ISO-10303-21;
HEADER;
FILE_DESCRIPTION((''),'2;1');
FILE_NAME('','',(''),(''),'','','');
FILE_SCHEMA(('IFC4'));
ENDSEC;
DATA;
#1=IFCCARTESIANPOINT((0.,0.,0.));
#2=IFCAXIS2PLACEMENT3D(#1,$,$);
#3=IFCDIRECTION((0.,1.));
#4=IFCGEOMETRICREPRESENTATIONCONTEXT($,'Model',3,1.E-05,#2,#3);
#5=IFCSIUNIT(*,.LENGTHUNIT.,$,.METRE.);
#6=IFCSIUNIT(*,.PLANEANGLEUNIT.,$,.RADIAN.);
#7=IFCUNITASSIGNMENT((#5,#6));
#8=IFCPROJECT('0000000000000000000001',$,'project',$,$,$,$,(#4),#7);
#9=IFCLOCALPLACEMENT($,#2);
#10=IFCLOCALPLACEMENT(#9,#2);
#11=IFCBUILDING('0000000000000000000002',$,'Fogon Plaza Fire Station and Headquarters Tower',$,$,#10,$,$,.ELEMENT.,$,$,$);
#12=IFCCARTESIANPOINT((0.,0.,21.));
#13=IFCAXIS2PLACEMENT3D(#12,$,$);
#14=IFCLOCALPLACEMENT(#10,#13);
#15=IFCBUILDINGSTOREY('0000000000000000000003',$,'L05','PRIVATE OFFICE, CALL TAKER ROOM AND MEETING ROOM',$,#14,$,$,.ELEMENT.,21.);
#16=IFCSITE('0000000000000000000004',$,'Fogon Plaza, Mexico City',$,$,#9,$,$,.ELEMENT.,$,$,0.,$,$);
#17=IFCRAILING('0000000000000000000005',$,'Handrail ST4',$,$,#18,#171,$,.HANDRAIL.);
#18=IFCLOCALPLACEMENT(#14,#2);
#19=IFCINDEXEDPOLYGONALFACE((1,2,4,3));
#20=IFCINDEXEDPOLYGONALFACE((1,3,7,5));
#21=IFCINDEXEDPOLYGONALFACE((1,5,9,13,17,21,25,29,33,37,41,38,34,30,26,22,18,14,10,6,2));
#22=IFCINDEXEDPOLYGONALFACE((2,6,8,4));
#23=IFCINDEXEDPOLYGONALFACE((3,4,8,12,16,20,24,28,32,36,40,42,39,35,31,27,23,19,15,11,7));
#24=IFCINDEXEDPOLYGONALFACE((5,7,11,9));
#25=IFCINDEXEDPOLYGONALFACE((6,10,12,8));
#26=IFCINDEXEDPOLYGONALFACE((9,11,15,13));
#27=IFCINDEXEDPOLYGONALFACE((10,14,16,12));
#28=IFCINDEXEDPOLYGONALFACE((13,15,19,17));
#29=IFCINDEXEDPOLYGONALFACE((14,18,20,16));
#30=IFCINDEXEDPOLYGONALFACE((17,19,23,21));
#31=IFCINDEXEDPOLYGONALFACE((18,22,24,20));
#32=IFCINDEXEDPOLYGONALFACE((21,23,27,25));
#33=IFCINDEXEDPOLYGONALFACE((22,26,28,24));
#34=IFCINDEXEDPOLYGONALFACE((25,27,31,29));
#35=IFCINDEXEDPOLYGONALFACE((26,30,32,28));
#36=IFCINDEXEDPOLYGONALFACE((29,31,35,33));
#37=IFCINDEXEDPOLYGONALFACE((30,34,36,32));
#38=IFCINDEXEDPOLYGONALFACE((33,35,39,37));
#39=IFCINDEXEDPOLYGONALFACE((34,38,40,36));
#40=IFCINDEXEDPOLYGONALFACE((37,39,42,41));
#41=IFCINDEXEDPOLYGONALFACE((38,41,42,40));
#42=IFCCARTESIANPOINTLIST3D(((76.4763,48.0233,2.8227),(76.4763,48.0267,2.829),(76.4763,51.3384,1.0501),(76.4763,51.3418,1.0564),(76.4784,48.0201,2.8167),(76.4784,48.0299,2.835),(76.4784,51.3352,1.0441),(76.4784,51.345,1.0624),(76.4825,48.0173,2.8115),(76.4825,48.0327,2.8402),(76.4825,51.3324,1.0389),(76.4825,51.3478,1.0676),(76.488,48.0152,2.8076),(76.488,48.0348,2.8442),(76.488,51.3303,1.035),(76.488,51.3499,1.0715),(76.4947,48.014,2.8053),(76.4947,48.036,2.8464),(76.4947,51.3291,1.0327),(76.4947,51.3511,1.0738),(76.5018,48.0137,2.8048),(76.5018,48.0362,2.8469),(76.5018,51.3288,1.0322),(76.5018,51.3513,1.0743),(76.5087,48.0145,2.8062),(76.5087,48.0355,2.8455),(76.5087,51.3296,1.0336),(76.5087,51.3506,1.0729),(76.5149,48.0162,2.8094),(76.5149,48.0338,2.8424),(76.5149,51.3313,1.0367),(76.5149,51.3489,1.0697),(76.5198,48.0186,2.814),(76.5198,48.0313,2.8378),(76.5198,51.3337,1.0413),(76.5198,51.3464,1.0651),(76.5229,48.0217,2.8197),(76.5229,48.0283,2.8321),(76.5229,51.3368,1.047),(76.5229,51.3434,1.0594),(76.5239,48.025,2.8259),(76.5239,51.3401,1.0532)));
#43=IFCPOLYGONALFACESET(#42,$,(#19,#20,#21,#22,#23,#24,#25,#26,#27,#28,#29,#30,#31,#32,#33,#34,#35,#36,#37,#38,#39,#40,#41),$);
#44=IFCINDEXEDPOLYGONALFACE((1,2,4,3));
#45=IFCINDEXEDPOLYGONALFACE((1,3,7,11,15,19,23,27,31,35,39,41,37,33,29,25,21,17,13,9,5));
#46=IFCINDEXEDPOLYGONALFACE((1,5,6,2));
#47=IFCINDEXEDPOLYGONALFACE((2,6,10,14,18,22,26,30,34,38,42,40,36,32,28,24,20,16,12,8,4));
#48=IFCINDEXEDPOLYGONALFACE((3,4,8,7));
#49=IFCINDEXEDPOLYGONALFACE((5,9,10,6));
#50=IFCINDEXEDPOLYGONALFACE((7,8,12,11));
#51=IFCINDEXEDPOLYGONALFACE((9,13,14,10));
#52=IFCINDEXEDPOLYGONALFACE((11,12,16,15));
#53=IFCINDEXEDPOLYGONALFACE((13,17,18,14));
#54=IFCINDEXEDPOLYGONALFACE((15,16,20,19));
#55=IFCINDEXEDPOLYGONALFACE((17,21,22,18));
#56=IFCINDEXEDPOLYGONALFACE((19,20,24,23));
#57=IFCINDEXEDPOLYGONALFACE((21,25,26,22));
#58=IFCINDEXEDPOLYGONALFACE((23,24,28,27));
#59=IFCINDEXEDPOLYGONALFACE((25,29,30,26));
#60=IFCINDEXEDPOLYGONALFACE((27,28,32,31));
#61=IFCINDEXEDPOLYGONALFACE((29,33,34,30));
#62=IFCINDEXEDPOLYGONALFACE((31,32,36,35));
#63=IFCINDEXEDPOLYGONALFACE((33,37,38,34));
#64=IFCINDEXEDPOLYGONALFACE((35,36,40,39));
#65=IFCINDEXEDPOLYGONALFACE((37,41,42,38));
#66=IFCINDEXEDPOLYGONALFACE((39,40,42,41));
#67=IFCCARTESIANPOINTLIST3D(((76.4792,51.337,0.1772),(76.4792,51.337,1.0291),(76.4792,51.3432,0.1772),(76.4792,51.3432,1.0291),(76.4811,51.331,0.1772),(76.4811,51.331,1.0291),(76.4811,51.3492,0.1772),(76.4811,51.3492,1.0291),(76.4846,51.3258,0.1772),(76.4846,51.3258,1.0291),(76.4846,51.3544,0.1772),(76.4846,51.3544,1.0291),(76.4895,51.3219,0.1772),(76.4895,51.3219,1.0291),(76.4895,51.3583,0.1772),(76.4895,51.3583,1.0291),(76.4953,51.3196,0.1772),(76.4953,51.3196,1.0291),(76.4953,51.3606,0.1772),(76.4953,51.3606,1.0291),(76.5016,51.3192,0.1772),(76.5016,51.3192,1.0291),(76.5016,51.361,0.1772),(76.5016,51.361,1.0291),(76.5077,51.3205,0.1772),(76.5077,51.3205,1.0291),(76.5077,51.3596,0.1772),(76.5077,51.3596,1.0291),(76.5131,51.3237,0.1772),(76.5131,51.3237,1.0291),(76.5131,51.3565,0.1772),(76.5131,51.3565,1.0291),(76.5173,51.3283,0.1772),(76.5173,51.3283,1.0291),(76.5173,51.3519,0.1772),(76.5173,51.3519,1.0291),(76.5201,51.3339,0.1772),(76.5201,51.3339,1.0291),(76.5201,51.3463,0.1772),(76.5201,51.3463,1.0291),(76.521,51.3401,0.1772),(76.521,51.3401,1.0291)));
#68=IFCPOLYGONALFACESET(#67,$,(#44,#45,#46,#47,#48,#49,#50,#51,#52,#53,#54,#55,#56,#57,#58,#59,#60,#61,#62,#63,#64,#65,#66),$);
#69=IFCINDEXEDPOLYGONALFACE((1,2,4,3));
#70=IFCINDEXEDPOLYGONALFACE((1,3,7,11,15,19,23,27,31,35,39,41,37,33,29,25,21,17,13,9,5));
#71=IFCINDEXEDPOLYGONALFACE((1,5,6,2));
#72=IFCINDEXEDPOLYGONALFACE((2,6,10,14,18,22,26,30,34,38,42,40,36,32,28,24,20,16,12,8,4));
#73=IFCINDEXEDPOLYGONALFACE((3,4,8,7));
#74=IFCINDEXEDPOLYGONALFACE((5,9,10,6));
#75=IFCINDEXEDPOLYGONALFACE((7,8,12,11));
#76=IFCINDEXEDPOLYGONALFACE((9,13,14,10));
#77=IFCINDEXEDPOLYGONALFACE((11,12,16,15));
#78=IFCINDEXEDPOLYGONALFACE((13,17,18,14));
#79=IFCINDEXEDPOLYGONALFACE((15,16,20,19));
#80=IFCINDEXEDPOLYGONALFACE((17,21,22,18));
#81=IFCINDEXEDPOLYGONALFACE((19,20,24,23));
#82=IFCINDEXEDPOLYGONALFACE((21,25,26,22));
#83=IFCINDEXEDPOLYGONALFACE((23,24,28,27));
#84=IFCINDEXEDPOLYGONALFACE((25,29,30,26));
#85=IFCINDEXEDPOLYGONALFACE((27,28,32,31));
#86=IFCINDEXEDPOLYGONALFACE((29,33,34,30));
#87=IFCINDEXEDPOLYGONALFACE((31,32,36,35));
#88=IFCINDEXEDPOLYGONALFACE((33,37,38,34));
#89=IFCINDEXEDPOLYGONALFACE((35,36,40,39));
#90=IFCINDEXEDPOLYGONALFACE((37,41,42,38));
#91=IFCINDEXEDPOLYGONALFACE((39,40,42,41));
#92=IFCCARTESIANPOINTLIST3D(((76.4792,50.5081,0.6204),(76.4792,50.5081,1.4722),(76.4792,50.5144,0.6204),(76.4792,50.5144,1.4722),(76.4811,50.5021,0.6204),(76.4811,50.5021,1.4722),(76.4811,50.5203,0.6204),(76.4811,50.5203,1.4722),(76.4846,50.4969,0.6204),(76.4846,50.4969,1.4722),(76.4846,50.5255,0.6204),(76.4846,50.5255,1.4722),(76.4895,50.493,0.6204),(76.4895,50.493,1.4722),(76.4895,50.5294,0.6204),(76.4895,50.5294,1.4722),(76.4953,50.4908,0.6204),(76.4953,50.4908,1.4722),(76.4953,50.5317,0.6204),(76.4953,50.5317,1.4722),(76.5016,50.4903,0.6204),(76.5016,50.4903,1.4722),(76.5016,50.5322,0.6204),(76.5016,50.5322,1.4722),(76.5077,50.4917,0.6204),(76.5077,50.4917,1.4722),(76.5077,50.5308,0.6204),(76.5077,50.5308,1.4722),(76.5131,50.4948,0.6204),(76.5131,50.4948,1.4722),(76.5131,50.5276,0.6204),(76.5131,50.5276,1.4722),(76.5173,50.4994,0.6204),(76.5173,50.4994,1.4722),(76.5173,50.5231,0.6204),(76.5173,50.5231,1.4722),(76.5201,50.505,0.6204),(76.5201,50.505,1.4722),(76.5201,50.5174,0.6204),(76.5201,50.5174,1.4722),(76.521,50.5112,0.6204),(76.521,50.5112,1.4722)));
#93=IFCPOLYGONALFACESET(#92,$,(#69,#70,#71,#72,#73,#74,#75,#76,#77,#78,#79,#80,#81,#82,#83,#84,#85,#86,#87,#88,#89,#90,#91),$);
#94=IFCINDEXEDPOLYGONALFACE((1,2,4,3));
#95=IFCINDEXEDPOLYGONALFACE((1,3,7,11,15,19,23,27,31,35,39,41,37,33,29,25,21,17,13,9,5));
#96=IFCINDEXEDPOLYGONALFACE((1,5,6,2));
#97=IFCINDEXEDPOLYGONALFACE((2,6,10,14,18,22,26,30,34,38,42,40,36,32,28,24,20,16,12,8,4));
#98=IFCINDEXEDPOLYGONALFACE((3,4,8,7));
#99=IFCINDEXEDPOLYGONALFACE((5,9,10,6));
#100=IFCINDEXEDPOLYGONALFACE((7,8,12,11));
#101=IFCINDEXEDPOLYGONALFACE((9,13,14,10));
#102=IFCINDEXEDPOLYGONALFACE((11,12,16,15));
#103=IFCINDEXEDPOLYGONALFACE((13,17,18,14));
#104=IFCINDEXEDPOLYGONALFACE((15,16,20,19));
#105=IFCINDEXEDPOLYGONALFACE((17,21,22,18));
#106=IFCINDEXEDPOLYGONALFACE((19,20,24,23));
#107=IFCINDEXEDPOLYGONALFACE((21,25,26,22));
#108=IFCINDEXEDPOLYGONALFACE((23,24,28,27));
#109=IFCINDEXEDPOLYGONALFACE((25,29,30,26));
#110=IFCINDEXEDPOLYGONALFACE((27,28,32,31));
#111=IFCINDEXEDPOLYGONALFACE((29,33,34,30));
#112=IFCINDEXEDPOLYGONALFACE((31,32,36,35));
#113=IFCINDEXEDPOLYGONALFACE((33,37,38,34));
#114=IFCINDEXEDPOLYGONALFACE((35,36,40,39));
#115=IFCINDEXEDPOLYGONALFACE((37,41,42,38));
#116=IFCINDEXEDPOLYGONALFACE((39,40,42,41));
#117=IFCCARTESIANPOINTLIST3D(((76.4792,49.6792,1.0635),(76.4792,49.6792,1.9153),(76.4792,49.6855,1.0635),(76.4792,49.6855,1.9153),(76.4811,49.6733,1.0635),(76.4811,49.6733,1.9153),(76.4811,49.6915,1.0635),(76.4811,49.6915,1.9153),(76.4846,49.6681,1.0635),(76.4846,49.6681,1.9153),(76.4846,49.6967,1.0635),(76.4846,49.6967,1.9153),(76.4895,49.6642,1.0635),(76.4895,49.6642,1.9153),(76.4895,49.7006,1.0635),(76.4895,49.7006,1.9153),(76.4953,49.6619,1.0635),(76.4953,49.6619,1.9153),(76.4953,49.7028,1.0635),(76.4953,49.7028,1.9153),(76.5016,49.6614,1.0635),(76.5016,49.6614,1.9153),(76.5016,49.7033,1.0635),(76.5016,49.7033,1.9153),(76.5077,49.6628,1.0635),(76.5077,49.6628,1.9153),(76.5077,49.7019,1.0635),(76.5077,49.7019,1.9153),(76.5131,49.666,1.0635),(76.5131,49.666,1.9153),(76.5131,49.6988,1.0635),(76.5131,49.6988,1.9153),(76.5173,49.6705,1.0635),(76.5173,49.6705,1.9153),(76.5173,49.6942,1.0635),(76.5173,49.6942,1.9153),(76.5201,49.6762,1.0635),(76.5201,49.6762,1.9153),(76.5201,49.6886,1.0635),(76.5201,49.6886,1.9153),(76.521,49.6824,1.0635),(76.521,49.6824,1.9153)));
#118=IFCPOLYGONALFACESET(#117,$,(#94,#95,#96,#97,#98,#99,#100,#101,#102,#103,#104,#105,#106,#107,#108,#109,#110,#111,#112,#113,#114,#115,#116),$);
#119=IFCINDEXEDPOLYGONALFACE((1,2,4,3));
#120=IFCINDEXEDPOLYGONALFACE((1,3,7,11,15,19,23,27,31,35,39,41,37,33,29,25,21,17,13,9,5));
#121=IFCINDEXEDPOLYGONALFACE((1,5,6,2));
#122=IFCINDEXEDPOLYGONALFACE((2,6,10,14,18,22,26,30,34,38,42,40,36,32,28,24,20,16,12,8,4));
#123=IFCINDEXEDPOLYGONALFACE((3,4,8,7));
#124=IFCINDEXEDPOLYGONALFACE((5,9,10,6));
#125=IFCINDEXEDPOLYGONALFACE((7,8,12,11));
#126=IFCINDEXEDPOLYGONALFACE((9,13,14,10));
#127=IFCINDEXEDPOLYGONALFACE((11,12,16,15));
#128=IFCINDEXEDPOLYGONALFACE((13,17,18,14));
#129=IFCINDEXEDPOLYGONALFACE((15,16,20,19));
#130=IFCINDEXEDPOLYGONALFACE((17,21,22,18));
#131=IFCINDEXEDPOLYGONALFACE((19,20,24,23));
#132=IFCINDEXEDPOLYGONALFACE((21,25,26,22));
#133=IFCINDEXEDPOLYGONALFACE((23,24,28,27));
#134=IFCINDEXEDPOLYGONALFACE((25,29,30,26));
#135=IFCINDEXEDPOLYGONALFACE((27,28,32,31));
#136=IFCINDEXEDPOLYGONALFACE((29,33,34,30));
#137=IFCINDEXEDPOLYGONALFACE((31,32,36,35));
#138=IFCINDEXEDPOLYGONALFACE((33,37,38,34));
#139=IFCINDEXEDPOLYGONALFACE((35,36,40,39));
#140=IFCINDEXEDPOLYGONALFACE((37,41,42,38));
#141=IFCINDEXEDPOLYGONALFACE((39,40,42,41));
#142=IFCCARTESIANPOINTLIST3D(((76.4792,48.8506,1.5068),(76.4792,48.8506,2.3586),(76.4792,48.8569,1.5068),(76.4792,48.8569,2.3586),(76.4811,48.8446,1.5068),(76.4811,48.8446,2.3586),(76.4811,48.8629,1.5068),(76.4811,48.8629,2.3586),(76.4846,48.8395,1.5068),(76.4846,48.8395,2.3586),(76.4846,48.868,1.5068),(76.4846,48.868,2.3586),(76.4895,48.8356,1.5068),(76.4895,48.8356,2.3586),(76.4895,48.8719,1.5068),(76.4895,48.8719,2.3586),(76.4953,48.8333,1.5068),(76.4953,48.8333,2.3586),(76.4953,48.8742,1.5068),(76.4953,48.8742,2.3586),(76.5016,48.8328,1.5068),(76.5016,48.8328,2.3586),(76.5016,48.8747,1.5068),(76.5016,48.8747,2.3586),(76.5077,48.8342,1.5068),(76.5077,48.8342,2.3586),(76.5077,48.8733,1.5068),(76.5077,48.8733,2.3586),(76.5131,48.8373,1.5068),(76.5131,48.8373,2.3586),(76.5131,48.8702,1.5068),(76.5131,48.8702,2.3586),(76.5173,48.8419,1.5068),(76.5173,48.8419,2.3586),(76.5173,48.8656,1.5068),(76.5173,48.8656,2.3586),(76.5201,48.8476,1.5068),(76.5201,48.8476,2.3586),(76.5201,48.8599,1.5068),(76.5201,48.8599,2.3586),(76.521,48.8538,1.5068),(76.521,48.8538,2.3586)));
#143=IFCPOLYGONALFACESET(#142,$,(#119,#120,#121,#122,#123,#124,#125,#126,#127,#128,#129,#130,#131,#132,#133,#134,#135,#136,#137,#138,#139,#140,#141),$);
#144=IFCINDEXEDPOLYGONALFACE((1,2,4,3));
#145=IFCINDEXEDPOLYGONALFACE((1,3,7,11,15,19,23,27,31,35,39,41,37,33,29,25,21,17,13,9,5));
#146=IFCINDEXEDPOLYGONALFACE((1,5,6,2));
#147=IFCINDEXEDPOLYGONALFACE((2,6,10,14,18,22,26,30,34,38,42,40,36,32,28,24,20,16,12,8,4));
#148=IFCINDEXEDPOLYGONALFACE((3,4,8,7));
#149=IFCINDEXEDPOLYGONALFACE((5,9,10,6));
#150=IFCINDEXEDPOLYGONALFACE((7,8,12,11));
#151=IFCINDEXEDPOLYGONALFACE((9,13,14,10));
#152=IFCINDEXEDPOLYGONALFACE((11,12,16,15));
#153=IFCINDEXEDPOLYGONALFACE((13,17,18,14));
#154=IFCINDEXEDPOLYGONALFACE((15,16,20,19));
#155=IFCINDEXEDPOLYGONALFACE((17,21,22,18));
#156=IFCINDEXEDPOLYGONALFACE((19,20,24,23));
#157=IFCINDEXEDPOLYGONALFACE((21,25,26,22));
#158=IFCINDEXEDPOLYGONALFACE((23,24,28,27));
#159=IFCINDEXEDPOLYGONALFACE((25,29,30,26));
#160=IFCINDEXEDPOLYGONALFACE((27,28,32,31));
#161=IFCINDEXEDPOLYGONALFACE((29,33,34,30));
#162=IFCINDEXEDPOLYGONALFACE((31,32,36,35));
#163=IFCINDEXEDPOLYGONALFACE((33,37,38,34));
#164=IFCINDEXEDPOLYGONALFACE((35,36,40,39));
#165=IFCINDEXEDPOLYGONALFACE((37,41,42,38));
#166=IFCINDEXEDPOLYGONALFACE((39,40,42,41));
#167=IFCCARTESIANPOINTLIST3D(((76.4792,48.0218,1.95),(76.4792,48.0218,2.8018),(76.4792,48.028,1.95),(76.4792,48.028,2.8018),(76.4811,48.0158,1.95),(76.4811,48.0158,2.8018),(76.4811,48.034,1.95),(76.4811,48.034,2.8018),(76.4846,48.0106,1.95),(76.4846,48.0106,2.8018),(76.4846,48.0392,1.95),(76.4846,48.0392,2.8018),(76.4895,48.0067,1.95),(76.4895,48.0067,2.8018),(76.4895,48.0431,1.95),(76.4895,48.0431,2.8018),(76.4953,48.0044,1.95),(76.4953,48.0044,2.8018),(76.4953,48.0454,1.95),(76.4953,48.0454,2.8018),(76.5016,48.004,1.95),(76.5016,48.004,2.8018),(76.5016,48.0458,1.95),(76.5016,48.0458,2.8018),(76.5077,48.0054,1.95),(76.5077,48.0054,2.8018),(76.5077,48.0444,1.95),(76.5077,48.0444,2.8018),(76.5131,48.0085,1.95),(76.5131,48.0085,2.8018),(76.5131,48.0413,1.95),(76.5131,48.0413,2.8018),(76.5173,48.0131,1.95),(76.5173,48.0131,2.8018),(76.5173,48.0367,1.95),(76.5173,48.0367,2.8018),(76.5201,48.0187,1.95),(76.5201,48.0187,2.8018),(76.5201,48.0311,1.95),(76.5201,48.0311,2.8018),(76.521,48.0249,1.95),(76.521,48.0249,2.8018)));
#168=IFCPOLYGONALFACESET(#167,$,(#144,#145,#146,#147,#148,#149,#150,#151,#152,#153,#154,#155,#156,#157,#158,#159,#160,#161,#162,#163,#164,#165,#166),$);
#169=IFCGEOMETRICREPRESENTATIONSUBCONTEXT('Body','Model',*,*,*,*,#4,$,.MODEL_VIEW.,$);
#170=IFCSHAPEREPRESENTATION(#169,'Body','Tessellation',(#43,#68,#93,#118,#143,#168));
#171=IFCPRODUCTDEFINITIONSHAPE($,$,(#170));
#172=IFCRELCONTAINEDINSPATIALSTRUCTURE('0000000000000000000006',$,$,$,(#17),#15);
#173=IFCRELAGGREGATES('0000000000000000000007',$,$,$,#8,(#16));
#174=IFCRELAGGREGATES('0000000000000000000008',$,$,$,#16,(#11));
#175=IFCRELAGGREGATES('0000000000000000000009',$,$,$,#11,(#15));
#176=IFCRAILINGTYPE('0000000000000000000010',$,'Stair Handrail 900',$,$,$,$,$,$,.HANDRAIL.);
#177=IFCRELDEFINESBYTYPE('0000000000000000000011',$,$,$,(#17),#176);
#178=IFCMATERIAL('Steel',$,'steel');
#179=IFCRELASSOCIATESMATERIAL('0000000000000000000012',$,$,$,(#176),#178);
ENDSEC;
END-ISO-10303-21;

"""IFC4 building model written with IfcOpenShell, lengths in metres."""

from ifc_helpers import new_model, si_unit, direction, frame, origin, origin_2d, place, context, subcontext, project, spatial, circle, extrude, material, type_object, element, save


model = new_model("IFC4")

# Units and contexts
model_context = context("Model", 3, precision=1e-05, world=origin(), true_north=direction((0.0, 1.0)))
body_context = subcontext(model_context, "Body", "Model", "MODEL_VIEW")
ifc_project = project(units=[si_unit("LENGTHUNIT", "METRE"), si_unit("PLANEANGLEUNIT", "RADIAN")], contexts=[model_context])

# Site, building, storey
site_placement = place(None, origin())
site = spatial("IfcSite", under=ifc_project, at=site_placement, Name="Fogon Plaza, Mexico City", CompositionType="ELEMENT", RefElevation=0.0)
building_placement = place(site_placement, origin())
building = spatial("IfcBuilding", under=site, at=building_placement, Name="Fogon Plaza Fire Station and Headquarters Tower", CompositionType="ELEMENT")
storey_placement = place(building_placement, frame((0.0, 0.0, 21.0)))
storey = spatial("IfcBuildingStorey", under=building, at=storey_placement, Name="L05", Description="PRIVATE OFFICE, CALL TAKER ROOM AND MEETING ROOM", CompositionType="ELEMENT", Elevation=21.0)

# Railing
ifc_material_1 = material(Name="Steel", Category="steel")
railing_type = type_object("IfcRailingType", Name="Stair Handrail 900", PredefinedType="HANDRAIL", material=ifc_material_1)
for number, where, name in (
    (1, (76.5, 51.3401, 0.1772), "Handrail ST4"),
):
    element("IfcRailing", number, at=place(storey_placement, frame(where)), inside=storey, type_object=railing_type, Name=name, PredefinedType="HANDRAIL", context=body_context, shape_type="SweptSolid", body=[
        extrude(circle(Radius=0.0239, at=origin_2d()), frame((0.0, 0.0, 0.876), z_axis=(0.0, -0.881844, 0.471542), x_axis=(1.0, 0.0, 0.0)), (0.0, 0.0, 1.0), 3.7593),
        extrude(circle(Radius=0.021, at=origin_2d()), origin(), (0.0, 0.0, 1.0), 0.8518),
        extrude(circle(Radius=0.021, at=origin_2d()), frame((0.0, -0.8289, 0.4431)), (0.0, 0.0, 1.0), 0.8518),
        extrude(circle(Radius=0.021, at=origin_2d()), frame((0.0, -1.6577, 0.8862)), (0.0, 0.0, 1.0), 0.8518),
        extrude(circle(Radius=0.021, at=origin_2d()), frame((0.0, -2.4863, 1.3296)), (0.0, 0.0, 1.0), 0.8518),
        extrude(circle(Radius=0.021, at=origin_2d()), frame((0.0, -3.3152, 1.7727)), (0.0, 0.0, 1.0), 0.8518),
    ])

save(model, "model.ifc")
